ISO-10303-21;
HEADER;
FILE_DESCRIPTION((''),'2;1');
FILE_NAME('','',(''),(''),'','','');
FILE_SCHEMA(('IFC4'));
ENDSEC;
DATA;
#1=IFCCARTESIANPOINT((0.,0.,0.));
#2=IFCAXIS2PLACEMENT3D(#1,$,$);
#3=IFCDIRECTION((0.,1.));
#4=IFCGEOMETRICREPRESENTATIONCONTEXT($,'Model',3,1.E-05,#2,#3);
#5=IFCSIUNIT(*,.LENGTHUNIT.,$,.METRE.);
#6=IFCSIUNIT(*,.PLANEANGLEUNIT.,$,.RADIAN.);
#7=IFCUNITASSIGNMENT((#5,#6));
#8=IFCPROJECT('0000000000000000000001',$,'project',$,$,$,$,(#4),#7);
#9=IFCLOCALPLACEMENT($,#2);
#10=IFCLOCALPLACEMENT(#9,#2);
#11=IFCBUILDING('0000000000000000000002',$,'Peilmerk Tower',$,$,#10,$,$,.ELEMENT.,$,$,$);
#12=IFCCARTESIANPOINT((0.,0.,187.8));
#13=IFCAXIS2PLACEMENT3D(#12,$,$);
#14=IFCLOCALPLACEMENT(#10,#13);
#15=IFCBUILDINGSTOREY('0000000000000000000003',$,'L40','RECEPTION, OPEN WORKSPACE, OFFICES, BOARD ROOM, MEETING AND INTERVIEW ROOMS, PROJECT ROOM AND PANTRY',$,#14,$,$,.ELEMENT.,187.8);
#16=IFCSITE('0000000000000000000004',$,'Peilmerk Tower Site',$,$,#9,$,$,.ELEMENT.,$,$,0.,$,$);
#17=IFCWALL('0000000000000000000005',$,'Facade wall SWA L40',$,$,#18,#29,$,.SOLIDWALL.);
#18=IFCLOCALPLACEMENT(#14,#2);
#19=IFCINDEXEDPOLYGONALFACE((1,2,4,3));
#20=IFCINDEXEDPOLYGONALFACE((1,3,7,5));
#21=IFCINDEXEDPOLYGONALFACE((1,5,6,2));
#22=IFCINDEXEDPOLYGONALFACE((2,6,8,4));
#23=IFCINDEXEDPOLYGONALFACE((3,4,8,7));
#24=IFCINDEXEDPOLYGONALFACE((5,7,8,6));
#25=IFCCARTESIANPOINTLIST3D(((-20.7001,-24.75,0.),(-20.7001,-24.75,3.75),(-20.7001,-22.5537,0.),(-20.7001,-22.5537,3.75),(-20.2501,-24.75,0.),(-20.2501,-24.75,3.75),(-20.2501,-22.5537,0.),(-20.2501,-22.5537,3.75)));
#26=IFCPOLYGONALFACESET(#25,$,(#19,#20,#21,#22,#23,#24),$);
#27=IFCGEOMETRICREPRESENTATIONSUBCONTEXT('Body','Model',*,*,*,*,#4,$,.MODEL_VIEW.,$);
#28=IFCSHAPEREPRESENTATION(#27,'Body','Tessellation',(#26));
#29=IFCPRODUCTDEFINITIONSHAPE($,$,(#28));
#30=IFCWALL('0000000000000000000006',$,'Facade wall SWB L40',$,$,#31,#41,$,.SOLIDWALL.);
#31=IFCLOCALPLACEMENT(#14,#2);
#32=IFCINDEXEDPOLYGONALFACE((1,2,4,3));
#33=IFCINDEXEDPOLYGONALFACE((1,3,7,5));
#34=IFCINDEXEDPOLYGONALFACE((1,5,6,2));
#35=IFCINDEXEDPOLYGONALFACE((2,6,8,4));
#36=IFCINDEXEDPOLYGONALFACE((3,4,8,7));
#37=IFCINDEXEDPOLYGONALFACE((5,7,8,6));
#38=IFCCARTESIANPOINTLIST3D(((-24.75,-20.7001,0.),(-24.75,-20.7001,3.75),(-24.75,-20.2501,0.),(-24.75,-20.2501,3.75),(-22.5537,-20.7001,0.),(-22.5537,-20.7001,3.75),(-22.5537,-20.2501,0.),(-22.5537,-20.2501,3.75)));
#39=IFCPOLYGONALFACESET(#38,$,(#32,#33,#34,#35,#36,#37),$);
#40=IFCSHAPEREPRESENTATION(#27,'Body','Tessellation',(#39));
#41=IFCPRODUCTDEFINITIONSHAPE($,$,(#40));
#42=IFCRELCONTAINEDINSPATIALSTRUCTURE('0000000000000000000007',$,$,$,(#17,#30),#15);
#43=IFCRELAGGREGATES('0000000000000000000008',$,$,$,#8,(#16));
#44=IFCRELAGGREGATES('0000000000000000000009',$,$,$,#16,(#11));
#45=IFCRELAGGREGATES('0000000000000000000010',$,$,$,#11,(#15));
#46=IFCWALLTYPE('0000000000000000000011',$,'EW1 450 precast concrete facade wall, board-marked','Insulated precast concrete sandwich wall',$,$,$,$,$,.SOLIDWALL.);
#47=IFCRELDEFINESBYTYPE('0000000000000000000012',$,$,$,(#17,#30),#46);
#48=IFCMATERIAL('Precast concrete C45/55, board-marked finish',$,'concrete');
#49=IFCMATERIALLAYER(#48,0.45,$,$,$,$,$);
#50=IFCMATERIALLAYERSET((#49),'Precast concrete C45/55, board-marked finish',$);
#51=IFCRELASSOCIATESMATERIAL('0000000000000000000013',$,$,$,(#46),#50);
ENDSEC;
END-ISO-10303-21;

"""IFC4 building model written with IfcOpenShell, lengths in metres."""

from ifc_helpers import new_model, si_unit, direction, frame, frame_2d, origin, place, context, subcontext, project, spatial, rectangle, extrude, material, layer, layer_set, type_object, element, save


model = new_model("IFC4")

# Units and contexts
model_context = context("Model", 3, precision=1e-05, world=origin(), true_north=direction((0.0, 1.0)))
body_context = subcontext(model_context, "Body", "Model", "MODEL_VIEW")
ifc_project = project(units=[si_unit("LENGTHUNIT", "METRE"), si_unit("PLANEANGLEUNIT", "RADIAN")], contexts=[model_context])

# Site, building, storey
site_placement = place(None, origin())
site = spatial("IfcSite", under=ifc_project, at=site_placement, Name="Peilmerk Tower Site", CompositionType="ELEMENT", RefElevation=0.0)
building_placement = place(site_placement, origin())
building = spatial("IfcBuilding", under=site, at=building_placement, Name="Peilmerk Tower", CompositionType="ELEMENT")
storey_placement = place(building_placement, frame((0.0, 0.0, 187.8)))
storey = spatial("IfcBuildingStorey", under=building, at=storey_placement, Name="L40", Description="RECEPTION, OPEN WORKSPACE, OFFICES, BOARD ROOM, MEETING AND INTERVIEW ROOMS, PROJECT ROOM AND PANTRY", CompositionType="ELEMENT", Elevation=187.8)

# Shared definitions
ifc_material_1 = material(Name="Precast concrete C45/55, board-marked finish", Category="concrete")
ifc_layer_1 = layer(ifc_material_1, 0.45)
ifc_layer_set_1 = layer_set([ifc_layer_1], Name="Precast concrete C45/55, board-marked finish")
wall_type = type_object("IfcWallType", Name="EW1 450 precast concrete facade wall, board-marked", Description="Insulated precast concrete sandwich wall", PredefinedType="SOLIDWALL", material=ifc_layer_set_1)

# Walls
for number, where, z_axis, x_axis, name in (
    (1, (-20.4751, -22.5537, 0.0), (0.0, 0.0, 1.0), (0.0, -1.0, 0.0), "Facade wall SWA L40"),
    (2, (-22.5537, -20.4751, 0.0), (0.0, 0.0, 1.0), (-1.0, 0.0, 0.0), "Facade wall SWB L40"),
):
    element("IfcWall", number, at=place(storey_placement, frame(where, z_axis=z_axis, x_axis=x_axis)), inside=storey, type_object=wall_type, Name=name, PredefinedType="SOLIDWALL", context=body_context, shape_type="SweptSolid", body=[
        extrude(rectangle(XDim=2.1963, YDim=0.45, at=frame_2d((1.0981, 0.0))), origin(), (0.0, 0.0, 1.0), 3.75),
    ])

save(model, "model.ifc")
